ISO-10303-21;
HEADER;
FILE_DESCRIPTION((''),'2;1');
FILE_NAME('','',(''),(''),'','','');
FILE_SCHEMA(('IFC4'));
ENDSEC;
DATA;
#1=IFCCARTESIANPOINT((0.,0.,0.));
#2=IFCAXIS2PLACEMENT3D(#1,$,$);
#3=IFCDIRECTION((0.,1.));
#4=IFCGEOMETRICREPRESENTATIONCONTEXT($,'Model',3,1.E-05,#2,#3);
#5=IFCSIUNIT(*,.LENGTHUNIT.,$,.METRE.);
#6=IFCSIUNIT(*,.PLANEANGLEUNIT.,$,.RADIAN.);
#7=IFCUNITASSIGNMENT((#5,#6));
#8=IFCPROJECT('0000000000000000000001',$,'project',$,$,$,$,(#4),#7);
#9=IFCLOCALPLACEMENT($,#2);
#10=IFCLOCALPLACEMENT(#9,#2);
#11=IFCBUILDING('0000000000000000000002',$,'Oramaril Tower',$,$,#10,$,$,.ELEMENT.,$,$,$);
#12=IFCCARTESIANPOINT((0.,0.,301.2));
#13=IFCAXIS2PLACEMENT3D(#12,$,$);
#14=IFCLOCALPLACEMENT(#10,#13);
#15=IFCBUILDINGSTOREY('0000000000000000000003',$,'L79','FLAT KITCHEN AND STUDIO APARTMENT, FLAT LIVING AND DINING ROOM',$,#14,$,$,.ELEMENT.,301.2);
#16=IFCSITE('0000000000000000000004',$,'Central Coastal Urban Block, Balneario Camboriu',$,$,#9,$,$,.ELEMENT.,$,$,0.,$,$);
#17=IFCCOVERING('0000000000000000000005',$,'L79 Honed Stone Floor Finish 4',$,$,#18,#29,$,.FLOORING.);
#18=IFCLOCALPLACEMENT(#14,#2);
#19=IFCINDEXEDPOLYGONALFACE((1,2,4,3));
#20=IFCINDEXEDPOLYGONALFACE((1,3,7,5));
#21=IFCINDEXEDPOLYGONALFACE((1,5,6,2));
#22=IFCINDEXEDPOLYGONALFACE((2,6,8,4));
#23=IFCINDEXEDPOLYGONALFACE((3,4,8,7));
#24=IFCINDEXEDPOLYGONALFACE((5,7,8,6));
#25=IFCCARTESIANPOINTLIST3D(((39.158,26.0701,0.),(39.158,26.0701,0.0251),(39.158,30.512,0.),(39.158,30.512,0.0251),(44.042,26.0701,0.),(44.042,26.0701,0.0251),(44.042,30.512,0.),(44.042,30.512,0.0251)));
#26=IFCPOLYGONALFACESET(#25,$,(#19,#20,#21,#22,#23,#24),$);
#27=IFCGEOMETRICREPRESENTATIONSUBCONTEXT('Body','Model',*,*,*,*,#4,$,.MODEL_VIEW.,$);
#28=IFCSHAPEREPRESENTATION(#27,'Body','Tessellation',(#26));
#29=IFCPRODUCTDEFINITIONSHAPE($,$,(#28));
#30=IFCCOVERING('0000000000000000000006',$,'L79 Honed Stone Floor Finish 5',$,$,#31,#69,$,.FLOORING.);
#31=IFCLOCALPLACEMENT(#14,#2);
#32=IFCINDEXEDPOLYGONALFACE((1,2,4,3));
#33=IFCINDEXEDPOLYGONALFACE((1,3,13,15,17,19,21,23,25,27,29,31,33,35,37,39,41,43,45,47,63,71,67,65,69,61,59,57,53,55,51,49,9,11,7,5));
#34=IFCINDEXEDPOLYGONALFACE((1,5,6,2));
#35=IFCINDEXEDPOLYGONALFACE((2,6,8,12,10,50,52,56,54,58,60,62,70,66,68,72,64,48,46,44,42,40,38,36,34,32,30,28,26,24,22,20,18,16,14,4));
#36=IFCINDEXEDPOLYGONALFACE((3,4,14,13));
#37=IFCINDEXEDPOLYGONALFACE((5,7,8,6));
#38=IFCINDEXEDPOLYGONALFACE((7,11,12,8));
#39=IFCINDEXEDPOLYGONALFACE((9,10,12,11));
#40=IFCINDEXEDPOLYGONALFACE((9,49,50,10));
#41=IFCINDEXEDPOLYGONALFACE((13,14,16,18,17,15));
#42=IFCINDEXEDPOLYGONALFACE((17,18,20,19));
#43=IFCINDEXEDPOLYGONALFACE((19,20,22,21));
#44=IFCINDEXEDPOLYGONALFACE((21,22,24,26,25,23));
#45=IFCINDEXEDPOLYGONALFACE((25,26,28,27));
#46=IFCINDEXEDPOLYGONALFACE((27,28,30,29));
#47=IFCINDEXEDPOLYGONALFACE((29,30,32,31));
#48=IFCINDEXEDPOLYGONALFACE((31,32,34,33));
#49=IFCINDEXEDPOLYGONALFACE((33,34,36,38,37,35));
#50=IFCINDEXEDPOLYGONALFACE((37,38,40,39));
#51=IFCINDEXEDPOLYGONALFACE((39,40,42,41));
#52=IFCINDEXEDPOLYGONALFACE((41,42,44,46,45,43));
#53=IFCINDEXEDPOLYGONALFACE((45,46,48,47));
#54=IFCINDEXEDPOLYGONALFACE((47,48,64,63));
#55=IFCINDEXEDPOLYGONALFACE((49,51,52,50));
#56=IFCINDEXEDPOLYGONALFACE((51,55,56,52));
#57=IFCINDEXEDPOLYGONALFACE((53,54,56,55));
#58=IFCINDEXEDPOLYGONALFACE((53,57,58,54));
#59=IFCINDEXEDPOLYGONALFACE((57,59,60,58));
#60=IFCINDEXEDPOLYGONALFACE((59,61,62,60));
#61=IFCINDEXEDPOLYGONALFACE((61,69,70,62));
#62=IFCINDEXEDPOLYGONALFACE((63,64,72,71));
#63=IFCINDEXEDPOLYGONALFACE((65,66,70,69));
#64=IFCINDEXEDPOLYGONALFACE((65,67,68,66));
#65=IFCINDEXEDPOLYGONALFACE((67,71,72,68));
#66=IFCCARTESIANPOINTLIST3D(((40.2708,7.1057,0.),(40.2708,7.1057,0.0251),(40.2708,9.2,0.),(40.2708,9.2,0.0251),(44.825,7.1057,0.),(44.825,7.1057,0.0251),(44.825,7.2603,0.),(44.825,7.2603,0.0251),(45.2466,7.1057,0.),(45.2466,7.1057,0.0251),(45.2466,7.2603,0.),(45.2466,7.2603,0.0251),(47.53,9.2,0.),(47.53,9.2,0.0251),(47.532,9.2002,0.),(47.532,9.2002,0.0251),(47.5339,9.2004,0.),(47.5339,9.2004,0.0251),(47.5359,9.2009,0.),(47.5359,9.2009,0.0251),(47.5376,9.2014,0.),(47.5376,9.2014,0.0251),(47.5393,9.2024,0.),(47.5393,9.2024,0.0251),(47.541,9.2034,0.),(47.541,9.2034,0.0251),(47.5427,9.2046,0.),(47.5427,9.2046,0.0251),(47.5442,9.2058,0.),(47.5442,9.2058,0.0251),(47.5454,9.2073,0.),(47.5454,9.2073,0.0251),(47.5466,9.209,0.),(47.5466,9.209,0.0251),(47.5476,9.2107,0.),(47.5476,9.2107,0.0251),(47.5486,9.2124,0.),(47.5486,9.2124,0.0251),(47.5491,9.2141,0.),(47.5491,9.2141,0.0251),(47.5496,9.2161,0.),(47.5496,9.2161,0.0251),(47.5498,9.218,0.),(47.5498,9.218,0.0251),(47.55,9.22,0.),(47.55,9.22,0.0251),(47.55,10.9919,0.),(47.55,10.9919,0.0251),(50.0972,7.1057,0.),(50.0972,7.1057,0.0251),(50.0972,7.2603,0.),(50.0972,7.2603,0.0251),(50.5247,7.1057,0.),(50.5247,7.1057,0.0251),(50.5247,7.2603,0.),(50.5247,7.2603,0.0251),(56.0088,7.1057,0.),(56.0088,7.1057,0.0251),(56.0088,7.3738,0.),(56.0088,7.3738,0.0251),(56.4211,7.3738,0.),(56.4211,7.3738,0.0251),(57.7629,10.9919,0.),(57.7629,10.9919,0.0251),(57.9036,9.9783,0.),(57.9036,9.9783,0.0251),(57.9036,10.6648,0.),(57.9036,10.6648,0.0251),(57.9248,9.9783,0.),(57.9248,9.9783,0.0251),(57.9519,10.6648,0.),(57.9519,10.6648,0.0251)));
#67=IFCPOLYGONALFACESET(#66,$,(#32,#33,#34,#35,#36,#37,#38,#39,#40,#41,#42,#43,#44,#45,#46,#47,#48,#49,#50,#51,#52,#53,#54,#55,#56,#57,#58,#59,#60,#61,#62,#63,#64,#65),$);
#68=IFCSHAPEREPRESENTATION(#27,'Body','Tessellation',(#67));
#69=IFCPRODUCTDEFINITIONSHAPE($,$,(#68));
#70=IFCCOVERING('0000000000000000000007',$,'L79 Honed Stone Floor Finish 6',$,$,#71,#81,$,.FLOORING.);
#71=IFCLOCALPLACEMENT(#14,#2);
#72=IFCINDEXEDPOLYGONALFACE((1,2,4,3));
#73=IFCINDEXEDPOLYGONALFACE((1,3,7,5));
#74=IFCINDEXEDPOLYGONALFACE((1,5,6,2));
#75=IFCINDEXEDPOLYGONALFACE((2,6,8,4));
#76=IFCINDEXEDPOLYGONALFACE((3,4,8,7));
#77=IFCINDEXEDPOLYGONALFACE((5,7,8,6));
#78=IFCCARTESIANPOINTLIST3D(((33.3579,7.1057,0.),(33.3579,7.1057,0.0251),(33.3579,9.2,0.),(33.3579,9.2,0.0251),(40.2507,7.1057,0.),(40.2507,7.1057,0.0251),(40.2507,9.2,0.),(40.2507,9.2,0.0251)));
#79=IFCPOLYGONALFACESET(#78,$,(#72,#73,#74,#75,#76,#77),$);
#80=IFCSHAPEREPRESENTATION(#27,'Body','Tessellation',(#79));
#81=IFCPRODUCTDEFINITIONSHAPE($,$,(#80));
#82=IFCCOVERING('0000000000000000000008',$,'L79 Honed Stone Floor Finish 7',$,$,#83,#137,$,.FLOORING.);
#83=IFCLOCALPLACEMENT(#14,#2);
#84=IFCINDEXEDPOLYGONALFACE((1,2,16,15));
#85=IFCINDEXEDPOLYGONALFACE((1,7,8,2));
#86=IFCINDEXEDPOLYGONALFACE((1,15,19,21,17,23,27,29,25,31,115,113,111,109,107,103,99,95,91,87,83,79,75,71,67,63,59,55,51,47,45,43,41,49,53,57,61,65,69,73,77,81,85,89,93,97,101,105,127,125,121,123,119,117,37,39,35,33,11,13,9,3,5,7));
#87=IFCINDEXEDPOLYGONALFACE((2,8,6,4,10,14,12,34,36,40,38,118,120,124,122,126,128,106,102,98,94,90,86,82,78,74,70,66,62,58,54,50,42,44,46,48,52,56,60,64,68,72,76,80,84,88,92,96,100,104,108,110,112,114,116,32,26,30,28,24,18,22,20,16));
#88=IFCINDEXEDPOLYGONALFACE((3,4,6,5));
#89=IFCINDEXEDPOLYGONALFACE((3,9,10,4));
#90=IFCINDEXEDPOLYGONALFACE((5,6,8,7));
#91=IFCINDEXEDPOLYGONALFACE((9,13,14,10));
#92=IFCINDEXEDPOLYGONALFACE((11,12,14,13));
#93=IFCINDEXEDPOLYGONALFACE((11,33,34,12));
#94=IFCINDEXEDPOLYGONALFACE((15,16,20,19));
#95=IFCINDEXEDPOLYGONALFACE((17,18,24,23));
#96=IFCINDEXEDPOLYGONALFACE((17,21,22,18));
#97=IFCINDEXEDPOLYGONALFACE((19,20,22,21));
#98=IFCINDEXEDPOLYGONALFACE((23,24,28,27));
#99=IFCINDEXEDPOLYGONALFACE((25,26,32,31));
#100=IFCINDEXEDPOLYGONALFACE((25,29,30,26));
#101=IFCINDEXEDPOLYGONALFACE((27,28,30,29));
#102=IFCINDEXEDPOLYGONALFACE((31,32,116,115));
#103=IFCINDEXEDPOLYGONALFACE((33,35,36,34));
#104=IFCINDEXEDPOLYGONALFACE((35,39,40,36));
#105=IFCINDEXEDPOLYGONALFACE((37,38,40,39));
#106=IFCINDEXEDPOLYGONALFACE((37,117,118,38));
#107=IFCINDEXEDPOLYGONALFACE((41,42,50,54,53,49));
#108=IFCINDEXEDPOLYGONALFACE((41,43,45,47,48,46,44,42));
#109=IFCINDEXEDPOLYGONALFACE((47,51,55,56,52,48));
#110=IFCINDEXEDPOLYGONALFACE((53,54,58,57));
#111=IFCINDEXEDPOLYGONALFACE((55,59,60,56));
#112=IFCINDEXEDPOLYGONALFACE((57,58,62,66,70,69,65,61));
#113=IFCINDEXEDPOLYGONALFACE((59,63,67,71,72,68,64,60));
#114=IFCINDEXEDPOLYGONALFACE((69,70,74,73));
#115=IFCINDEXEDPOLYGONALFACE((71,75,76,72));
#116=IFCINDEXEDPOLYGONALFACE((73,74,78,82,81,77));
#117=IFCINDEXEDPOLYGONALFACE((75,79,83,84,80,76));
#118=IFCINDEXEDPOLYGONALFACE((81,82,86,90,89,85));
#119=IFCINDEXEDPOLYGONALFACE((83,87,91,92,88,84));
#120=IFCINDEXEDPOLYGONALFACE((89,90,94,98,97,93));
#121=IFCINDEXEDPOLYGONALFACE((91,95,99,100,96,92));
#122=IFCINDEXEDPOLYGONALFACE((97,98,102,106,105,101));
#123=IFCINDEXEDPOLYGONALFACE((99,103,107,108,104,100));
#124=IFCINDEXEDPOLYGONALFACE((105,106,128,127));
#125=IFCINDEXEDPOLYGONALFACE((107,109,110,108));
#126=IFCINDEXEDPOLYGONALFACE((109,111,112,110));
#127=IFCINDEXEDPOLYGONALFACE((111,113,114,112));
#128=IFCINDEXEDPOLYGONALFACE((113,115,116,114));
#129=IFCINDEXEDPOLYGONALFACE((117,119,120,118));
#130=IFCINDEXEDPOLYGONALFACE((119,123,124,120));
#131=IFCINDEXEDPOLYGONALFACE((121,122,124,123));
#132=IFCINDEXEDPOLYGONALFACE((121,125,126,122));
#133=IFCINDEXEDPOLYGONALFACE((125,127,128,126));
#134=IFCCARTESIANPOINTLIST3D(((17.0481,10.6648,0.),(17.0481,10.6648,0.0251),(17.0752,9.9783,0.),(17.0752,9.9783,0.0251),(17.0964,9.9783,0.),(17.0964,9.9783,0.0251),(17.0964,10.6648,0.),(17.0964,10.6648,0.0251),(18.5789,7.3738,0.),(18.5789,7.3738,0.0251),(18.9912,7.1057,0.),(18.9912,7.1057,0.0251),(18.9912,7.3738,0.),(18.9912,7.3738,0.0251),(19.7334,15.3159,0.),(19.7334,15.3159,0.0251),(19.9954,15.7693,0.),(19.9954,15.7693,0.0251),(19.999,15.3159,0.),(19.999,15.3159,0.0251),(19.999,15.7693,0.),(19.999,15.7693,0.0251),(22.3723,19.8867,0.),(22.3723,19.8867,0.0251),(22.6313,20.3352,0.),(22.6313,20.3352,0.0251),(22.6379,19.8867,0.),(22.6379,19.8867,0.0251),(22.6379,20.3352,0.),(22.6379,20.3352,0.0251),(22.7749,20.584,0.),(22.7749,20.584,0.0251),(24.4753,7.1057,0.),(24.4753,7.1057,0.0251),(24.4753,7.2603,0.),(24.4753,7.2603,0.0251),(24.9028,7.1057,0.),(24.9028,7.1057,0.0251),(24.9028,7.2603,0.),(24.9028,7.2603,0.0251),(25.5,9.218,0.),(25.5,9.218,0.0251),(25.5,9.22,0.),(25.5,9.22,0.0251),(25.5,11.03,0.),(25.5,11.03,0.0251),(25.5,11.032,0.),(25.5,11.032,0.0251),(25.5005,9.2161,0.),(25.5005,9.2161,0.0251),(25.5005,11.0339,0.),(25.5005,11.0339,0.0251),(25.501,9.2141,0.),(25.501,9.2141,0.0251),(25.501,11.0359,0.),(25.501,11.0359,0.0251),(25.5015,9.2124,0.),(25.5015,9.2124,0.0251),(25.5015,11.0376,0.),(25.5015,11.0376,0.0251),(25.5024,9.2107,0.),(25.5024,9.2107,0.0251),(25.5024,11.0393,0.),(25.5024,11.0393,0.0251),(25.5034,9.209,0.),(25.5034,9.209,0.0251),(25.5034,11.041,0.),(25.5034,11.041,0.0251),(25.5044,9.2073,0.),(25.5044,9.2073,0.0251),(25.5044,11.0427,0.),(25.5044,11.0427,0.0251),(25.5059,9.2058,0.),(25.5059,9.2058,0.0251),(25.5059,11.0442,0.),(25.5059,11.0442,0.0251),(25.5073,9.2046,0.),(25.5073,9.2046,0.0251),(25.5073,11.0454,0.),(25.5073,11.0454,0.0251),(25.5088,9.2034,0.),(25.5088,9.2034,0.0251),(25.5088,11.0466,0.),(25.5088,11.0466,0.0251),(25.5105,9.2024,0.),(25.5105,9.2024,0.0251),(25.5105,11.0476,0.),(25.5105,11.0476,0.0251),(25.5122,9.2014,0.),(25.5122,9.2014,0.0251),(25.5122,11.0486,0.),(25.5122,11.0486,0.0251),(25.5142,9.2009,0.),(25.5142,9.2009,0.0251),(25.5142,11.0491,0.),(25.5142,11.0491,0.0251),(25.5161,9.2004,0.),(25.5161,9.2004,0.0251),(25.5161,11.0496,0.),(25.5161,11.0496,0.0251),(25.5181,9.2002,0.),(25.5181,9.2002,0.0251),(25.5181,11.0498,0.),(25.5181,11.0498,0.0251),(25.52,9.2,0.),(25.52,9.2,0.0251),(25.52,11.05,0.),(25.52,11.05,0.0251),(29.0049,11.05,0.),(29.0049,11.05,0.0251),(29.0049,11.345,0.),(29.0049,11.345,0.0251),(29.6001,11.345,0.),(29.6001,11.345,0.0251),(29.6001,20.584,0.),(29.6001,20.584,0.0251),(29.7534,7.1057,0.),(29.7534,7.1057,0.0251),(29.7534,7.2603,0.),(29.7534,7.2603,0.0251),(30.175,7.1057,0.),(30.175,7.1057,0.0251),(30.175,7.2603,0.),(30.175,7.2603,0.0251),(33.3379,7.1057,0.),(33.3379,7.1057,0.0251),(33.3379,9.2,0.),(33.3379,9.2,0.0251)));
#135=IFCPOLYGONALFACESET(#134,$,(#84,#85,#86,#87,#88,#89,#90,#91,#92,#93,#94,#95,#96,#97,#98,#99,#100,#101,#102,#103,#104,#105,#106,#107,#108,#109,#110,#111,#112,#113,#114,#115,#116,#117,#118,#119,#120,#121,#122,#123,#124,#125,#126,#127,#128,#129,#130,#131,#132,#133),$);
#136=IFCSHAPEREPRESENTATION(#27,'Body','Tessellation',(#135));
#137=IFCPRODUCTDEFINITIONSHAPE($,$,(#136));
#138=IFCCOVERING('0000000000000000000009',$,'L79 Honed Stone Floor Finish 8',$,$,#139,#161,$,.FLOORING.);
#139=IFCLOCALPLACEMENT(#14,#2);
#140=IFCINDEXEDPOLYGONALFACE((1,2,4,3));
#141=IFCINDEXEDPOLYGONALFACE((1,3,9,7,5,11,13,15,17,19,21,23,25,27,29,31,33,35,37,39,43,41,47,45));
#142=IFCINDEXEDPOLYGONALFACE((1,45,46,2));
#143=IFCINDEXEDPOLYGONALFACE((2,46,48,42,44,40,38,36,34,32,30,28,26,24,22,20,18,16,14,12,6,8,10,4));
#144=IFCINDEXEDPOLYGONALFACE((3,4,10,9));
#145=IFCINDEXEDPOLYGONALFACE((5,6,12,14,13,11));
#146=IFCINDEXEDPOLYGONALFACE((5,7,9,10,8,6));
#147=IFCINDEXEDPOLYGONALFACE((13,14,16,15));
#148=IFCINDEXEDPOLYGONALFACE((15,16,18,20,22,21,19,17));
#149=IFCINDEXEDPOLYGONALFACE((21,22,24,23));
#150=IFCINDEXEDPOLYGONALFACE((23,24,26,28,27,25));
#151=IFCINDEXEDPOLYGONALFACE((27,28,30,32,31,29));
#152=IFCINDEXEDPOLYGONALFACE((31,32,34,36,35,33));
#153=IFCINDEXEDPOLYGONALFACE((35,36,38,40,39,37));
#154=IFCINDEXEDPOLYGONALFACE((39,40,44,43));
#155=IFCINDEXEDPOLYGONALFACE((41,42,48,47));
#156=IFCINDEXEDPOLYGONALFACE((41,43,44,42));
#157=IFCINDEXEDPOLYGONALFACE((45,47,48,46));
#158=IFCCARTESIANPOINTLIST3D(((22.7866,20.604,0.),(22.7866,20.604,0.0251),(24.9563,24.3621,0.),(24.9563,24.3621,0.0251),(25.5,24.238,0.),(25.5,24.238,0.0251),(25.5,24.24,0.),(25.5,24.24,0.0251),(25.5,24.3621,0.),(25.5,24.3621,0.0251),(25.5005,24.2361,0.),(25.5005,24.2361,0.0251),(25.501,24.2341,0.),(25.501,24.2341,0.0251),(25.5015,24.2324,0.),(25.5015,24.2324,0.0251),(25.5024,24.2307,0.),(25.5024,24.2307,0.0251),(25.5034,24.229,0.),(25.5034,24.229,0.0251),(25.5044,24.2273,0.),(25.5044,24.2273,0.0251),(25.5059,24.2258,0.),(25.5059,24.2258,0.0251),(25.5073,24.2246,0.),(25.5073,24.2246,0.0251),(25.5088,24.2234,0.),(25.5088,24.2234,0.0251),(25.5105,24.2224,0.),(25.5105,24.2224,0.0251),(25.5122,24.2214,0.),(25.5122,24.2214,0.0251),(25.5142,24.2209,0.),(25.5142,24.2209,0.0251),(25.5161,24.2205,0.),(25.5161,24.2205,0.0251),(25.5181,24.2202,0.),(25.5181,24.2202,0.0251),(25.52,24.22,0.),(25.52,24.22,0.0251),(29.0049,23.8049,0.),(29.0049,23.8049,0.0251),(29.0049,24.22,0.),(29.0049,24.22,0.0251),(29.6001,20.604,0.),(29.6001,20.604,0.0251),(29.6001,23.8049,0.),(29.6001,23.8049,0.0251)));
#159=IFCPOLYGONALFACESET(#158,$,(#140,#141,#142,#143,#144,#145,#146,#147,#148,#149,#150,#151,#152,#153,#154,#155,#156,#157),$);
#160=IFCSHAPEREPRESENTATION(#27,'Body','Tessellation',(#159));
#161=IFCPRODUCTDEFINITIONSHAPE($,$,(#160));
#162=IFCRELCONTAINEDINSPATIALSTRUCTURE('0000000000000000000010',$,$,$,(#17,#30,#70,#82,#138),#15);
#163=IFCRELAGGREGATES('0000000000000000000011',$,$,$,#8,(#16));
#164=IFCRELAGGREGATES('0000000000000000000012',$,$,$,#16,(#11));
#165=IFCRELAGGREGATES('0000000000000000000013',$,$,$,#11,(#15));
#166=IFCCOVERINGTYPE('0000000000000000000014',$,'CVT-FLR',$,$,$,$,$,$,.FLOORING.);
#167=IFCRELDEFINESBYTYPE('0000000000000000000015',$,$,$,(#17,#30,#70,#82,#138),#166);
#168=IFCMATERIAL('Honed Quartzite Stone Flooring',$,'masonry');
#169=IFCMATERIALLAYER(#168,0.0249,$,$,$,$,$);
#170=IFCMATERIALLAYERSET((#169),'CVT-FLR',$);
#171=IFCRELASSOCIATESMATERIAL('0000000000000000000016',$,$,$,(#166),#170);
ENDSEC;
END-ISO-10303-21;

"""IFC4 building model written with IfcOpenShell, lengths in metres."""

from ifc_helpers import new_model, si_unit, direction, frame, origin, place, context, subcontext, project, spatial, polyline, outline, extrude, material, layer, layer_set, type_object, element, save


model = new_model("IFC4")

# Units and contexts
model_context = context("Model", 3, precision=1e-05, world=origin(), true_north=direction((0.0, 1.0)))
body_context = subcontext(model_context, "Body", "Model", "MODEL_VIEW")
ifc_project = project(units=[si_unit("LENGTHUNIT", "METRE"), si_unit("PLANEANGLEUNIT", "RADIAN")], contexts=[model_context])

# Site, building, storey
site_placement = place(None, origin())
site = spatial("IfcSite", under=ifc_project, at=site_placement, Name="Central Coastal Urban Block, Balneario Camboriu", CompositionType="ELEMENT", RefElevation=0.0)
building_placement = place(site_placement, origin())
building = spatial("IfcBuilding", under=site, at=building_placement, Name="Oramaril Tower", CompositionType="ELEMENT")
storey_placement = place(building_placement, frame((0.0, 0.0, 301.2)))
storey = spatial("IfcBuildingStorey", under=building, at=storey_placement, Name="L79", Description="FLAT KITCHEN AND STUDIO APARTMENT, FLAT LIVING AND DINING ROOM", CompositionType="ELEMENT", Elevation=301.2)

# Coverings
ifc_material_1 = material(Name="Honed Quartzite Stone Flooring", Category="masonry")
ifc_layer_1 = layer(ifc_material_1, 0.0249)
ifc_layer_set_1 = layer_set([ifc_layer_1], Name="CVT-FLR")
covering_type_1 = type_object("IfcCoveringType", Name="CVT-FLR", PredefinedType="FLOORING", material=ifc_layer_set_1)
covering_1_placement = place(storey_placement, origin())
element("IfcCovering", 1, at=covering_1_placement, inside=storey, type_object=covering_type_1, Name="L79 Honed Stone Floor Finish 4", PredefinedType="FLOORING", context=body_context, shape_type="SweptSolid", body=[
    extrude(outline(polyline([(44.042, 30.512), (44.042, 26.0701), (39.158, 26.0701), (39.158, 30.512), (44.042, 30.512)])), origin(), (0.0, 0.0, 1.0), 0.0251),
])
covering_2_placement = place(storey_placement, origin())
element("IfcCovering", 2, at=covering_2_placement, inside=storey, type_object=covering_type_1, Name="L79 Honed Stone Floor Finish 5", PredefinedType="FLOORING", context=body_context, shape_type="SweptSolid", body=[
    extrude(outline(polyline([(57.7629, 10.9919), (57.9519, 10.6648), (57.9036, 10.6648), (57.9036, 9.9783), (57.9248, 9.9783), (56.4211, 7.3738), (56.0088, 7.3738), (56.0088, 7.1057), (50.5247, 7.1057), (50.5247, 7.2603), (50.0972, 7.2603), (50.0972, 7.1057), (45.2466, 7.1057), (45.2466, 7.2603), (44.825, 7.2603), (44.825, 7.1057), (40.2708, 7.1057), (40.2708, 9.2), (47.53, 9.2), (47.532, 9.2002), (47.5339, 9.2004), (47.5359, 9.2009), (47.5376, 9.2014), (47.5393, 9.2024), (47.541, 9.2034), (47.5427, 9.2046), (47.5442, 9.2058), (47.5454, 9.2073), (47.5466, 9.209), (47.5476, 9.2107), (47.5486, 9.2124), (47.5491, 9.2141), (47.5496, 9.2161), (47.5498, 9.218), (47.55, 9.22), (47.55, 10.9919), (57.7629, 10.9919)])), origin(), (0.0, 0.0, 1.0), 0.0251),
])
covering_3_placement = place(storey_placement, origin())
element("IfcCovering", 3, at=covering_3_placement, inside=storey, type_object=covering_type_1, Name="L79 Honed Stone Floor Finish 6", PredefinedType="FLOORING", context=body_context, shape_type="SweptSolid", body=[
    extrude(outline(polyline([(33.3579, 7.1057), (33.3579, 9.2), (40.2507, 9.2), (40.2507, 7.1057), (33.3579, 7.1057)])), origin(), (0.0, 0.0, 1.0), 0.0251),
])
covering_4_placement = place(storey_placement, origin())
element("IfcCovering", 4, at=covering_4_placement, inside=storey, type_object=covering_type_1, Name="L79 Honed Stone Floor Finish 7", PredefinedType="FLOORING", context=body_context, shape_type="SweptSolid", body=[
    extrude(outline(polyline([(19.999, 15.3159), (19.999, 15.7693), (19.9954, 15.7693), (22.3723, 19.8867), (22.6379, 19.8867), (22.6379, 20.3352), (22.6313, 20.3352), (22.7749, 20.584), (29.6001, 20.584), (29.6001, 11.345), (29.0049, 11.345), (29.0049, 11.05), (25.52, 11.05), (25.5181, 11.0498), (25.5161, 11.0496), (25.5142, 11.0491), (25.5122, 11.0486), (25.5105, 11.0476), (25.5088, 11.0466), (25.5073, 11.0454), (25.5059, 11.0442), (25.5044, 11.0427), (25.5034, 11.041), (25.5024, 11.0393), (25.5015, 11.0376), (25.501, 11.0359), (25.5005, 11.0339), (25.5, 11.032), (25.5, 11.03), (25.5, 9.22), (25.5, 9.218), (25.5005, 9.2161), (25.501, 9.2141), (25.5015, 9.2124), (25.5024, 9.2107), (25.5034, 9.209), (25.5044, 9.2073), (25.5059, 9.2058), (25.5073, 9.2046), (25.5088, 9.2034), (25.5105, 9.2024), (25.5122, 9.2014), (25.5142, 9.2009), (25.5161, 9.2004), (25.5181, 9.2002), (25.52, 9.2), (33.3379, 9.2), (33.3379, 7.1057), (30.175, 7.1057), (30.175, 7.2603), (29.7534, 7.2603), (29.7534, 7.1057), (24.9028, 7.1057), (24.9028, 7.2603), (24.4753, 7.2603), (24.4753, 7.1057), (18.9912, 7.1057), (18.9912, 7.3738), (18.5789, 7.3738), (17.0752, 9.9783), (17.0964, 9.9783), (17.0964, 10.6648), (17.0481, 10.6648), (19.7334, 15.3159), (19.999, 15.3159)])), origin(), (0.0, 0.0, 1.0), 0.0251),
])
covering_5_placement = place(storey_placement, origin())
element("IfcCovering", 5, at=covering_5_placement, inside=storey, type_object=covering_type_1, Name="L79 Honed Stone Floor Finish 8", PredefinedType="FLOORING", context=body_context, shape_type="SweptSolid", body=[
    extrude(outline(polyline([(29.0049, 23.8049), (29.6001, 23.8049), (29.6001, 20.604), (22.7866, 20.604), (24.9563, 24.3621), (25.5, 24.3621), (25.5, 24.24), (25.5, 24.238), (25.5005, 24.2361), (25.501, 24.2341), (25.5015, 24.2324), (25.5024, 24.2307), (25.5034, 24.229), (25.5044, 24.2273), (25.5059, 24.2258), (25.5073, 24.2246), (25.5088, 24.2234), (25.5105, 24.2224), (25.5122, 24.2214), (25.5142, 24.2209), (25.5161, 24.2205), (25.5181, 24.2202), (25.52, 24.22), (29.0049, 24.22), (29.0049, 23.8049)])), origin(), (0.0, 0.0, 1.0), 0.0251),
])

save(model, "model.ifc")
